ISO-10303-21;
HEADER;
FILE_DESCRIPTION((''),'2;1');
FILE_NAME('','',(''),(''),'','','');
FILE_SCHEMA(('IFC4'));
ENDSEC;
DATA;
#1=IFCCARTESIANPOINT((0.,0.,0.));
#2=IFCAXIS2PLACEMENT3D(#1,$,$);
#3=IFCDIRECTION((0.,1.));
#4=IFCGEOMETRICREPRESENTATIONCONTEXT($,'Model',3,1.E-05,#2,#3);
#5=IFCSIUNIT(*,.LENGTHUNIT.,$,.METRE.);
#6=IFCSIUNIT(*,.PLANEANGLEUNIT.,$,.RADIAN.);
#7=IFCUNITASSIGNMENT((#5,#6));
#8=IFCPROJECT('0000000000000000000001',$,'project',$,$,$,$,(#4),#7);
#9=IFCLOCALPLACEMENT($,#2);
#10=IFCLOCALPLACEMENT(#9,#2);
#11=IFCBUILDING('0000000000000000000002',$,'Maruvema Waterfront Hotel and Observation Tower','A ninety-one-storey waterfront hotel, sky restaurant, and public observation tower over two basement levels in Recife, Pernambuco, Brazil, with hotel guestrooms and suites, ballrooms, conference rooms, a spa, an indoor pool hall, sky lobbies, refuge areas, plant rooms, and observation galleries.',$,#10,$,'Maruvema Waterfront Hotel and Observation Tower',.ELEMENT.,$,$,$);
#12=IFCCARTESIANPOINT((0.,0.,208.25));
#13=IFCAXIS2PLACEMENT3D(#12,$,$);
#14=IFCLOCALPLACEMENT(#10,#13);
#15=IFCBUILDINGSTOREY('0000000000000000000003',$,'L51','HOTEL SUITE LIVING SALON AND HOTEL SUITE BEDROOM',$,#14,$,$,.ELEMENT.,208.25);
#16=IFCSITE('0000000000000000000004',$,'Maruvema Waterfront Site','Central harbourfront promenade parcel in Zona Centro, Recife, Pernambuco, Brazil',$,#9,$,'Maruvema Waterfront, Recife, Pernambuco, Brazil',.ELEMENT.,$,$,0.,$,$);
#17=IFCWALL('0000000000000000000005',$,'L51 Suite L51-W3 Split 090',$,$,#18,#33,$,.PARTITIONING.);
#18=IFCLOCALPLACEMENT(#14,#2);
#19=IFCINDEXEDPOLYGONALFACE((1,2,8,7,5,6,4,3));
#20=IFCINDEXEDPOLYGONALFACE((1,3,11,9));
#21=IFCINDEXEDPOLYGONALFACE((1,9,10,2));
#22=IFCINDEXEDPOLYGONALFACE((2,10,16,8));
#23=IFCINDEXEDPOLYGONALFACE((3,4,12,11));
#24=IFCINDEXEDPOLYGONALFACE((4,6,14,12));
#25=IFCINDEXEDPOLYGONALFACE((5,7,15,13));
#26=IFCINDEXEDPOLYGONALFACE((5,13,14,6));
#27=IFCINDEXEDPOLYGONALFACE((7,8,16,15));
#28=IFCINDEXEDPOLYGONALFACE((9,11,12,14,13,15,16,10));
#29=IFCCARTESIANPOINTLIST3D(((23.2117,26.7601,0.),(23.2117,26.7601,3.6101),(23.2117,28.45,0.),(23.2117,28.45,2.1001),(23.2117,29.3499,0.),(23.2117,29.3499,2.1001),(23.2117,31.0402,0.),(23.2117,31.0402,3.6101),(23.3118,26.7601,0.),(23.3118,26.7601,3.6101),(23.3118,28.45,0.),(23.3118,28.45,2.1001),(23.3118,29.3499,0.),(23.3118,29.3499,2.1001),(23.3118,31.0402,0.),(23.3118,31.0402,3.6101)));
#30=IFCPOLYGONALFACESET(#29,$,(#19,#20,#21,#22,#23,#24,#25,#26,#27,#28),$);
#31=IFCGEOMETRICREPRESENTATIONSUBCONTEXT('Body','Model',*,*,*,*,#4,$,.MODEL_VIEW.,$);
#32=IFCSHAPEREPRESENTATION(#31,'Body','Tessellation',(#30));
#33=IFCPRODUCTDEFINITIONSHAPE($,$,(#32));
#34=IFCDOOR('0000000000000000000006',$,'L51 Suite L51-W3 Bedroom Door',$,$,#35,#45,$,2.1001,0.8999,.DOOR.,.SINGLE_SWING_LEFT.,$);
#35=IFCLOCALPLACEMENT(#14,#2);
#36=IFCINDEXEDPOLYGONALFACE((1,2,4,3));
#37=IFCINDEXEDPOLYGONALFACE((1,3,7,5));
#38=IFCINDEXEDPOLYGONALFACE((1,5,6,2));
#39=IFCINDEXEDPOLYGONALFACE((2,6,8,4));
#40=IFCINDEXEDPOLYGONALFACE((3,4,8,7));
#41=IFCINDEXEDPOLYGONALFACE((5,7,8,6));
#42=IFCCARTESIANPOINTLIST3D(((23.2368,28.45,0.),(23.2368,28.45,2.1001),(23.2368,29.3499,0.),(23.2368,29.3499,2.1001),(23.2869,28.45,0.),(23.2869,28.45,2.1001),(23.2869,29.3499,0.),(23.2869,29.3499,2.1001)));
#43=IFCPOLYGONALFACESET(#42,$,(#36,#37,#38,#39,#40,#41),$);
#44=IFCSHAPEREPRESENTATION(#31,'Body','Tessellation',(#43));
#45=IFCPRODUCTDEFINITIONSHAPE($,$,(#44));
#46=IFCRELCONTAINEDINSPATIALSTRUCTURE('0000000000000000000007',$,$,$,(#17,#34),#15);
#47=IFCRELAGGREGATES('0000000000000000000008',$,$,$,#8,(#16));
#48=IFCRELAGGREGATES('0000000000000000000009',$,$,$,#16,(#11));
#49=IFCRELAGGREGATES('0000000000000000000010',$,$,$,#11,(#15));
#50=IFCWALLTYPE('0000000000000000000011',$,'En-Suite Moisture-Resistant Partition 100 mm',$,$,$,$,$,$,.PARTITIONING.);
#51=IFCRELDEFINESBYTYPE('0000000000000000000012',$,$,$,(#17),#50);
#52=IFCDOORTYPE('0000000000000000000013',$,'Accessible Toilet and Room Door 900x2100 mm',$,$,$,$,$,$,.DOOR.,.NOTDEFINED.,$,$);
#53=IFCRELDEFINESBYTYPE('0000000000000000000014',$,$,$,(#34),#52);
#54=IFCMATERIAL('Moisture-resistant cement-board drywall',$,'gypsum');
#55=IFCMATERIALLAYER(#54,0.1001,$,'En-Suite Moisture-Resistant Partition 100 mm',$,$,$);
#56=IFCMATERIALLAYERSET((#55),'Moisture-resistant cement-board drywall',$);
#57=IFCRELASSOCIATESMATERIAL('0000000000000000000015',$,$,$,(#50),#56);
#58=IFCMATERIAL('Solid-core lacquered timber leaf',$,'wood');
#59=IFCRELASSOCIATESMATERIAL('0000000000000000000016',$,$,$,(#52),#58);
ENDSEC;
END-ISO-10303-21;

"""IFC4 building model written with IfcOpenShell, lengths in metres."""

from ifc_helpers import new_model, si_unit, direction, frame, frame_2d, origin, place, context, subcontext, project, spatial, rectangle, extrude, material, layer, layer_set, type_object, element, fill, save


model = new_model("IFC4")

# Units and contexts
model_context = context("Model", 3, precision=1e-05, world=origin(), true_north=direction((0.0, 1.0)))
body_context = subcontext(model_context, "Body", "Model", "MODEL_VIEW")
ifc_project = project(units=[si_unit("LENGTHUNIT", "METRE"), si_unit("PLANEANGLEUNIT", "RADIAN")], contexts=[model_context])

# Site, building, storey
site_placement = place(None, origin())
site = spatial("IfcSite", under=ifc_project, at=site_placement, Name="Maruvema Waterfront Site", Description="Central harbourfront promenade parcel in Zona Centro, Recife, Pernambuco, Brazil", LongName="Maruvema Waterfront, Recife, Pernambuco, Brazil", CompositionType="ELEMENT", RefElevation=0.0)
building_placement = place(site_placement, origin())
building = spatial("IfcBuilding", under=site, at=building_placement, Name="Maruvema Waterfront Hotel and Observation Tower", Description="A ninety-one-storey waterfront hotel, sky restaurant, and public observation tower over two basement levels in Recife, Pernambuco, Brazil, with hotel guestrooms and suites, ballrooms, conference rooms, a spa, an indoor pool hall, sky lobbies, refuge areas, plant rooms, and observation galleries.", LongName="Maruvema Waterfront Hotel and Observation Tower", CompositionType="ELEMENT")
storey_placement = place(building_placement, frame((0.0, 0.0, 208.25)))
storey = spatial("IfcBuildingStorey", under=building, at=storey_placement, Name="L51", Description="HOTEL SUITE LIVING SALON AND HOTEL SUITE BEDROOM", CompositionType="ELEMENT", Elevation=208.25)

# Shared definitions
ifc_material_1 = material(Name="Moisture-resistant cement-board drywall", Category="gypsum")
ifc_layer_1 = layer(ifc_material_1, 0.1001, Name="En-Suite Moisture-Resistant Partition 100 mm")
ifc_layer_set_1 = layer_set([ifc_layer_1], Name="Moisture-resistant cement-board drywall")
wall_type_1 = type_object("IfcWallType", Name="En-Suite Moisture-Resistant Partition 100 mm", PredefinedType="PARTITIONING", material=ifc_layer_set_1)

# Shared definitions
ifc_material_2 = material(Name="Solid-core lacquered timber leaf", Category="wood")
door_type_1 = type_object("IfcDoorType", Name="Accessible Toilet and Room Door 900x2100 mm", OperationType="NOTDEFINED", PredefinedType="DOOR", material=ifc_material_2)

# Wall, opening, door
wall_1_placement = place(storey_placement, frame((23.2617, 26.76, 0.0), z_axis=(0.0, 0.0, 1.0), x_axis=(0.0, 1.0, 0.0)))
wall_1 = element("IfcWall", 1, at=wall_1_placement, inside=storey, type_object=wall_type_1, Name="L51 Suite L51-W3 Split 090", PredefinedType="PARTITIONING", context=body_context, shape_type="SweptSolid", body=[
    extrude(rectangle(XDim=4.28, YDim=0.1001, at=frame_2d((2.1401, 0.0))), origin(), (0.0, 0.0, 1.0), 3.6101),
])
opening_1_placement = place(wall_1_placement, frame((1.6899, 0.0, 0.0)))
opening_1 = element("IfcOpeningElement", 2, at=opening_1_placement, cuts=wall_1, PredefinedType="OPENING", context=body_context, shape_type="SweptSolid", body=[
    extrude(rectangle(XDim=0.8999, YDim=2.1001, at=frame_2d((0.45, 1.05))), frame((0.0, 0.0601, 0.0), z_axis=(0.0, -1.0, 0.0), x_axis=(1.0, 0.0, 0.0)), (0.0, 0.0, 1.0), 0.1201),
])
door_1_placement = place(opening_1_placement, origin())
door_1 = element("IfcDoor", 3, at=door_1_placement, inside=storey, type_object=door_type_1, Name="L51 Suite L51-W3 Bedroom Door", OperationType="SINGLE_SWING_LEFT", OverallHeight=2.1001, OverallWidth=0.8999, PredefinedType="DOOR", context=body_context, shape_type="SweptSolid", body=[
    extrude(rectangle(XDim=0.8999, YDim=2.1001, at=frame_2d((0.45, 1.05))), frame((0.0, 0.0249, 0.0), z_axis=(0.0, -1.0, 0.0), x_axis=(1.0, 0.0, 0.0)), (0.0, 0.0, 1.0), 0.05),
])
fill(opening_1, door_1)

save(model, "model.ifc")
